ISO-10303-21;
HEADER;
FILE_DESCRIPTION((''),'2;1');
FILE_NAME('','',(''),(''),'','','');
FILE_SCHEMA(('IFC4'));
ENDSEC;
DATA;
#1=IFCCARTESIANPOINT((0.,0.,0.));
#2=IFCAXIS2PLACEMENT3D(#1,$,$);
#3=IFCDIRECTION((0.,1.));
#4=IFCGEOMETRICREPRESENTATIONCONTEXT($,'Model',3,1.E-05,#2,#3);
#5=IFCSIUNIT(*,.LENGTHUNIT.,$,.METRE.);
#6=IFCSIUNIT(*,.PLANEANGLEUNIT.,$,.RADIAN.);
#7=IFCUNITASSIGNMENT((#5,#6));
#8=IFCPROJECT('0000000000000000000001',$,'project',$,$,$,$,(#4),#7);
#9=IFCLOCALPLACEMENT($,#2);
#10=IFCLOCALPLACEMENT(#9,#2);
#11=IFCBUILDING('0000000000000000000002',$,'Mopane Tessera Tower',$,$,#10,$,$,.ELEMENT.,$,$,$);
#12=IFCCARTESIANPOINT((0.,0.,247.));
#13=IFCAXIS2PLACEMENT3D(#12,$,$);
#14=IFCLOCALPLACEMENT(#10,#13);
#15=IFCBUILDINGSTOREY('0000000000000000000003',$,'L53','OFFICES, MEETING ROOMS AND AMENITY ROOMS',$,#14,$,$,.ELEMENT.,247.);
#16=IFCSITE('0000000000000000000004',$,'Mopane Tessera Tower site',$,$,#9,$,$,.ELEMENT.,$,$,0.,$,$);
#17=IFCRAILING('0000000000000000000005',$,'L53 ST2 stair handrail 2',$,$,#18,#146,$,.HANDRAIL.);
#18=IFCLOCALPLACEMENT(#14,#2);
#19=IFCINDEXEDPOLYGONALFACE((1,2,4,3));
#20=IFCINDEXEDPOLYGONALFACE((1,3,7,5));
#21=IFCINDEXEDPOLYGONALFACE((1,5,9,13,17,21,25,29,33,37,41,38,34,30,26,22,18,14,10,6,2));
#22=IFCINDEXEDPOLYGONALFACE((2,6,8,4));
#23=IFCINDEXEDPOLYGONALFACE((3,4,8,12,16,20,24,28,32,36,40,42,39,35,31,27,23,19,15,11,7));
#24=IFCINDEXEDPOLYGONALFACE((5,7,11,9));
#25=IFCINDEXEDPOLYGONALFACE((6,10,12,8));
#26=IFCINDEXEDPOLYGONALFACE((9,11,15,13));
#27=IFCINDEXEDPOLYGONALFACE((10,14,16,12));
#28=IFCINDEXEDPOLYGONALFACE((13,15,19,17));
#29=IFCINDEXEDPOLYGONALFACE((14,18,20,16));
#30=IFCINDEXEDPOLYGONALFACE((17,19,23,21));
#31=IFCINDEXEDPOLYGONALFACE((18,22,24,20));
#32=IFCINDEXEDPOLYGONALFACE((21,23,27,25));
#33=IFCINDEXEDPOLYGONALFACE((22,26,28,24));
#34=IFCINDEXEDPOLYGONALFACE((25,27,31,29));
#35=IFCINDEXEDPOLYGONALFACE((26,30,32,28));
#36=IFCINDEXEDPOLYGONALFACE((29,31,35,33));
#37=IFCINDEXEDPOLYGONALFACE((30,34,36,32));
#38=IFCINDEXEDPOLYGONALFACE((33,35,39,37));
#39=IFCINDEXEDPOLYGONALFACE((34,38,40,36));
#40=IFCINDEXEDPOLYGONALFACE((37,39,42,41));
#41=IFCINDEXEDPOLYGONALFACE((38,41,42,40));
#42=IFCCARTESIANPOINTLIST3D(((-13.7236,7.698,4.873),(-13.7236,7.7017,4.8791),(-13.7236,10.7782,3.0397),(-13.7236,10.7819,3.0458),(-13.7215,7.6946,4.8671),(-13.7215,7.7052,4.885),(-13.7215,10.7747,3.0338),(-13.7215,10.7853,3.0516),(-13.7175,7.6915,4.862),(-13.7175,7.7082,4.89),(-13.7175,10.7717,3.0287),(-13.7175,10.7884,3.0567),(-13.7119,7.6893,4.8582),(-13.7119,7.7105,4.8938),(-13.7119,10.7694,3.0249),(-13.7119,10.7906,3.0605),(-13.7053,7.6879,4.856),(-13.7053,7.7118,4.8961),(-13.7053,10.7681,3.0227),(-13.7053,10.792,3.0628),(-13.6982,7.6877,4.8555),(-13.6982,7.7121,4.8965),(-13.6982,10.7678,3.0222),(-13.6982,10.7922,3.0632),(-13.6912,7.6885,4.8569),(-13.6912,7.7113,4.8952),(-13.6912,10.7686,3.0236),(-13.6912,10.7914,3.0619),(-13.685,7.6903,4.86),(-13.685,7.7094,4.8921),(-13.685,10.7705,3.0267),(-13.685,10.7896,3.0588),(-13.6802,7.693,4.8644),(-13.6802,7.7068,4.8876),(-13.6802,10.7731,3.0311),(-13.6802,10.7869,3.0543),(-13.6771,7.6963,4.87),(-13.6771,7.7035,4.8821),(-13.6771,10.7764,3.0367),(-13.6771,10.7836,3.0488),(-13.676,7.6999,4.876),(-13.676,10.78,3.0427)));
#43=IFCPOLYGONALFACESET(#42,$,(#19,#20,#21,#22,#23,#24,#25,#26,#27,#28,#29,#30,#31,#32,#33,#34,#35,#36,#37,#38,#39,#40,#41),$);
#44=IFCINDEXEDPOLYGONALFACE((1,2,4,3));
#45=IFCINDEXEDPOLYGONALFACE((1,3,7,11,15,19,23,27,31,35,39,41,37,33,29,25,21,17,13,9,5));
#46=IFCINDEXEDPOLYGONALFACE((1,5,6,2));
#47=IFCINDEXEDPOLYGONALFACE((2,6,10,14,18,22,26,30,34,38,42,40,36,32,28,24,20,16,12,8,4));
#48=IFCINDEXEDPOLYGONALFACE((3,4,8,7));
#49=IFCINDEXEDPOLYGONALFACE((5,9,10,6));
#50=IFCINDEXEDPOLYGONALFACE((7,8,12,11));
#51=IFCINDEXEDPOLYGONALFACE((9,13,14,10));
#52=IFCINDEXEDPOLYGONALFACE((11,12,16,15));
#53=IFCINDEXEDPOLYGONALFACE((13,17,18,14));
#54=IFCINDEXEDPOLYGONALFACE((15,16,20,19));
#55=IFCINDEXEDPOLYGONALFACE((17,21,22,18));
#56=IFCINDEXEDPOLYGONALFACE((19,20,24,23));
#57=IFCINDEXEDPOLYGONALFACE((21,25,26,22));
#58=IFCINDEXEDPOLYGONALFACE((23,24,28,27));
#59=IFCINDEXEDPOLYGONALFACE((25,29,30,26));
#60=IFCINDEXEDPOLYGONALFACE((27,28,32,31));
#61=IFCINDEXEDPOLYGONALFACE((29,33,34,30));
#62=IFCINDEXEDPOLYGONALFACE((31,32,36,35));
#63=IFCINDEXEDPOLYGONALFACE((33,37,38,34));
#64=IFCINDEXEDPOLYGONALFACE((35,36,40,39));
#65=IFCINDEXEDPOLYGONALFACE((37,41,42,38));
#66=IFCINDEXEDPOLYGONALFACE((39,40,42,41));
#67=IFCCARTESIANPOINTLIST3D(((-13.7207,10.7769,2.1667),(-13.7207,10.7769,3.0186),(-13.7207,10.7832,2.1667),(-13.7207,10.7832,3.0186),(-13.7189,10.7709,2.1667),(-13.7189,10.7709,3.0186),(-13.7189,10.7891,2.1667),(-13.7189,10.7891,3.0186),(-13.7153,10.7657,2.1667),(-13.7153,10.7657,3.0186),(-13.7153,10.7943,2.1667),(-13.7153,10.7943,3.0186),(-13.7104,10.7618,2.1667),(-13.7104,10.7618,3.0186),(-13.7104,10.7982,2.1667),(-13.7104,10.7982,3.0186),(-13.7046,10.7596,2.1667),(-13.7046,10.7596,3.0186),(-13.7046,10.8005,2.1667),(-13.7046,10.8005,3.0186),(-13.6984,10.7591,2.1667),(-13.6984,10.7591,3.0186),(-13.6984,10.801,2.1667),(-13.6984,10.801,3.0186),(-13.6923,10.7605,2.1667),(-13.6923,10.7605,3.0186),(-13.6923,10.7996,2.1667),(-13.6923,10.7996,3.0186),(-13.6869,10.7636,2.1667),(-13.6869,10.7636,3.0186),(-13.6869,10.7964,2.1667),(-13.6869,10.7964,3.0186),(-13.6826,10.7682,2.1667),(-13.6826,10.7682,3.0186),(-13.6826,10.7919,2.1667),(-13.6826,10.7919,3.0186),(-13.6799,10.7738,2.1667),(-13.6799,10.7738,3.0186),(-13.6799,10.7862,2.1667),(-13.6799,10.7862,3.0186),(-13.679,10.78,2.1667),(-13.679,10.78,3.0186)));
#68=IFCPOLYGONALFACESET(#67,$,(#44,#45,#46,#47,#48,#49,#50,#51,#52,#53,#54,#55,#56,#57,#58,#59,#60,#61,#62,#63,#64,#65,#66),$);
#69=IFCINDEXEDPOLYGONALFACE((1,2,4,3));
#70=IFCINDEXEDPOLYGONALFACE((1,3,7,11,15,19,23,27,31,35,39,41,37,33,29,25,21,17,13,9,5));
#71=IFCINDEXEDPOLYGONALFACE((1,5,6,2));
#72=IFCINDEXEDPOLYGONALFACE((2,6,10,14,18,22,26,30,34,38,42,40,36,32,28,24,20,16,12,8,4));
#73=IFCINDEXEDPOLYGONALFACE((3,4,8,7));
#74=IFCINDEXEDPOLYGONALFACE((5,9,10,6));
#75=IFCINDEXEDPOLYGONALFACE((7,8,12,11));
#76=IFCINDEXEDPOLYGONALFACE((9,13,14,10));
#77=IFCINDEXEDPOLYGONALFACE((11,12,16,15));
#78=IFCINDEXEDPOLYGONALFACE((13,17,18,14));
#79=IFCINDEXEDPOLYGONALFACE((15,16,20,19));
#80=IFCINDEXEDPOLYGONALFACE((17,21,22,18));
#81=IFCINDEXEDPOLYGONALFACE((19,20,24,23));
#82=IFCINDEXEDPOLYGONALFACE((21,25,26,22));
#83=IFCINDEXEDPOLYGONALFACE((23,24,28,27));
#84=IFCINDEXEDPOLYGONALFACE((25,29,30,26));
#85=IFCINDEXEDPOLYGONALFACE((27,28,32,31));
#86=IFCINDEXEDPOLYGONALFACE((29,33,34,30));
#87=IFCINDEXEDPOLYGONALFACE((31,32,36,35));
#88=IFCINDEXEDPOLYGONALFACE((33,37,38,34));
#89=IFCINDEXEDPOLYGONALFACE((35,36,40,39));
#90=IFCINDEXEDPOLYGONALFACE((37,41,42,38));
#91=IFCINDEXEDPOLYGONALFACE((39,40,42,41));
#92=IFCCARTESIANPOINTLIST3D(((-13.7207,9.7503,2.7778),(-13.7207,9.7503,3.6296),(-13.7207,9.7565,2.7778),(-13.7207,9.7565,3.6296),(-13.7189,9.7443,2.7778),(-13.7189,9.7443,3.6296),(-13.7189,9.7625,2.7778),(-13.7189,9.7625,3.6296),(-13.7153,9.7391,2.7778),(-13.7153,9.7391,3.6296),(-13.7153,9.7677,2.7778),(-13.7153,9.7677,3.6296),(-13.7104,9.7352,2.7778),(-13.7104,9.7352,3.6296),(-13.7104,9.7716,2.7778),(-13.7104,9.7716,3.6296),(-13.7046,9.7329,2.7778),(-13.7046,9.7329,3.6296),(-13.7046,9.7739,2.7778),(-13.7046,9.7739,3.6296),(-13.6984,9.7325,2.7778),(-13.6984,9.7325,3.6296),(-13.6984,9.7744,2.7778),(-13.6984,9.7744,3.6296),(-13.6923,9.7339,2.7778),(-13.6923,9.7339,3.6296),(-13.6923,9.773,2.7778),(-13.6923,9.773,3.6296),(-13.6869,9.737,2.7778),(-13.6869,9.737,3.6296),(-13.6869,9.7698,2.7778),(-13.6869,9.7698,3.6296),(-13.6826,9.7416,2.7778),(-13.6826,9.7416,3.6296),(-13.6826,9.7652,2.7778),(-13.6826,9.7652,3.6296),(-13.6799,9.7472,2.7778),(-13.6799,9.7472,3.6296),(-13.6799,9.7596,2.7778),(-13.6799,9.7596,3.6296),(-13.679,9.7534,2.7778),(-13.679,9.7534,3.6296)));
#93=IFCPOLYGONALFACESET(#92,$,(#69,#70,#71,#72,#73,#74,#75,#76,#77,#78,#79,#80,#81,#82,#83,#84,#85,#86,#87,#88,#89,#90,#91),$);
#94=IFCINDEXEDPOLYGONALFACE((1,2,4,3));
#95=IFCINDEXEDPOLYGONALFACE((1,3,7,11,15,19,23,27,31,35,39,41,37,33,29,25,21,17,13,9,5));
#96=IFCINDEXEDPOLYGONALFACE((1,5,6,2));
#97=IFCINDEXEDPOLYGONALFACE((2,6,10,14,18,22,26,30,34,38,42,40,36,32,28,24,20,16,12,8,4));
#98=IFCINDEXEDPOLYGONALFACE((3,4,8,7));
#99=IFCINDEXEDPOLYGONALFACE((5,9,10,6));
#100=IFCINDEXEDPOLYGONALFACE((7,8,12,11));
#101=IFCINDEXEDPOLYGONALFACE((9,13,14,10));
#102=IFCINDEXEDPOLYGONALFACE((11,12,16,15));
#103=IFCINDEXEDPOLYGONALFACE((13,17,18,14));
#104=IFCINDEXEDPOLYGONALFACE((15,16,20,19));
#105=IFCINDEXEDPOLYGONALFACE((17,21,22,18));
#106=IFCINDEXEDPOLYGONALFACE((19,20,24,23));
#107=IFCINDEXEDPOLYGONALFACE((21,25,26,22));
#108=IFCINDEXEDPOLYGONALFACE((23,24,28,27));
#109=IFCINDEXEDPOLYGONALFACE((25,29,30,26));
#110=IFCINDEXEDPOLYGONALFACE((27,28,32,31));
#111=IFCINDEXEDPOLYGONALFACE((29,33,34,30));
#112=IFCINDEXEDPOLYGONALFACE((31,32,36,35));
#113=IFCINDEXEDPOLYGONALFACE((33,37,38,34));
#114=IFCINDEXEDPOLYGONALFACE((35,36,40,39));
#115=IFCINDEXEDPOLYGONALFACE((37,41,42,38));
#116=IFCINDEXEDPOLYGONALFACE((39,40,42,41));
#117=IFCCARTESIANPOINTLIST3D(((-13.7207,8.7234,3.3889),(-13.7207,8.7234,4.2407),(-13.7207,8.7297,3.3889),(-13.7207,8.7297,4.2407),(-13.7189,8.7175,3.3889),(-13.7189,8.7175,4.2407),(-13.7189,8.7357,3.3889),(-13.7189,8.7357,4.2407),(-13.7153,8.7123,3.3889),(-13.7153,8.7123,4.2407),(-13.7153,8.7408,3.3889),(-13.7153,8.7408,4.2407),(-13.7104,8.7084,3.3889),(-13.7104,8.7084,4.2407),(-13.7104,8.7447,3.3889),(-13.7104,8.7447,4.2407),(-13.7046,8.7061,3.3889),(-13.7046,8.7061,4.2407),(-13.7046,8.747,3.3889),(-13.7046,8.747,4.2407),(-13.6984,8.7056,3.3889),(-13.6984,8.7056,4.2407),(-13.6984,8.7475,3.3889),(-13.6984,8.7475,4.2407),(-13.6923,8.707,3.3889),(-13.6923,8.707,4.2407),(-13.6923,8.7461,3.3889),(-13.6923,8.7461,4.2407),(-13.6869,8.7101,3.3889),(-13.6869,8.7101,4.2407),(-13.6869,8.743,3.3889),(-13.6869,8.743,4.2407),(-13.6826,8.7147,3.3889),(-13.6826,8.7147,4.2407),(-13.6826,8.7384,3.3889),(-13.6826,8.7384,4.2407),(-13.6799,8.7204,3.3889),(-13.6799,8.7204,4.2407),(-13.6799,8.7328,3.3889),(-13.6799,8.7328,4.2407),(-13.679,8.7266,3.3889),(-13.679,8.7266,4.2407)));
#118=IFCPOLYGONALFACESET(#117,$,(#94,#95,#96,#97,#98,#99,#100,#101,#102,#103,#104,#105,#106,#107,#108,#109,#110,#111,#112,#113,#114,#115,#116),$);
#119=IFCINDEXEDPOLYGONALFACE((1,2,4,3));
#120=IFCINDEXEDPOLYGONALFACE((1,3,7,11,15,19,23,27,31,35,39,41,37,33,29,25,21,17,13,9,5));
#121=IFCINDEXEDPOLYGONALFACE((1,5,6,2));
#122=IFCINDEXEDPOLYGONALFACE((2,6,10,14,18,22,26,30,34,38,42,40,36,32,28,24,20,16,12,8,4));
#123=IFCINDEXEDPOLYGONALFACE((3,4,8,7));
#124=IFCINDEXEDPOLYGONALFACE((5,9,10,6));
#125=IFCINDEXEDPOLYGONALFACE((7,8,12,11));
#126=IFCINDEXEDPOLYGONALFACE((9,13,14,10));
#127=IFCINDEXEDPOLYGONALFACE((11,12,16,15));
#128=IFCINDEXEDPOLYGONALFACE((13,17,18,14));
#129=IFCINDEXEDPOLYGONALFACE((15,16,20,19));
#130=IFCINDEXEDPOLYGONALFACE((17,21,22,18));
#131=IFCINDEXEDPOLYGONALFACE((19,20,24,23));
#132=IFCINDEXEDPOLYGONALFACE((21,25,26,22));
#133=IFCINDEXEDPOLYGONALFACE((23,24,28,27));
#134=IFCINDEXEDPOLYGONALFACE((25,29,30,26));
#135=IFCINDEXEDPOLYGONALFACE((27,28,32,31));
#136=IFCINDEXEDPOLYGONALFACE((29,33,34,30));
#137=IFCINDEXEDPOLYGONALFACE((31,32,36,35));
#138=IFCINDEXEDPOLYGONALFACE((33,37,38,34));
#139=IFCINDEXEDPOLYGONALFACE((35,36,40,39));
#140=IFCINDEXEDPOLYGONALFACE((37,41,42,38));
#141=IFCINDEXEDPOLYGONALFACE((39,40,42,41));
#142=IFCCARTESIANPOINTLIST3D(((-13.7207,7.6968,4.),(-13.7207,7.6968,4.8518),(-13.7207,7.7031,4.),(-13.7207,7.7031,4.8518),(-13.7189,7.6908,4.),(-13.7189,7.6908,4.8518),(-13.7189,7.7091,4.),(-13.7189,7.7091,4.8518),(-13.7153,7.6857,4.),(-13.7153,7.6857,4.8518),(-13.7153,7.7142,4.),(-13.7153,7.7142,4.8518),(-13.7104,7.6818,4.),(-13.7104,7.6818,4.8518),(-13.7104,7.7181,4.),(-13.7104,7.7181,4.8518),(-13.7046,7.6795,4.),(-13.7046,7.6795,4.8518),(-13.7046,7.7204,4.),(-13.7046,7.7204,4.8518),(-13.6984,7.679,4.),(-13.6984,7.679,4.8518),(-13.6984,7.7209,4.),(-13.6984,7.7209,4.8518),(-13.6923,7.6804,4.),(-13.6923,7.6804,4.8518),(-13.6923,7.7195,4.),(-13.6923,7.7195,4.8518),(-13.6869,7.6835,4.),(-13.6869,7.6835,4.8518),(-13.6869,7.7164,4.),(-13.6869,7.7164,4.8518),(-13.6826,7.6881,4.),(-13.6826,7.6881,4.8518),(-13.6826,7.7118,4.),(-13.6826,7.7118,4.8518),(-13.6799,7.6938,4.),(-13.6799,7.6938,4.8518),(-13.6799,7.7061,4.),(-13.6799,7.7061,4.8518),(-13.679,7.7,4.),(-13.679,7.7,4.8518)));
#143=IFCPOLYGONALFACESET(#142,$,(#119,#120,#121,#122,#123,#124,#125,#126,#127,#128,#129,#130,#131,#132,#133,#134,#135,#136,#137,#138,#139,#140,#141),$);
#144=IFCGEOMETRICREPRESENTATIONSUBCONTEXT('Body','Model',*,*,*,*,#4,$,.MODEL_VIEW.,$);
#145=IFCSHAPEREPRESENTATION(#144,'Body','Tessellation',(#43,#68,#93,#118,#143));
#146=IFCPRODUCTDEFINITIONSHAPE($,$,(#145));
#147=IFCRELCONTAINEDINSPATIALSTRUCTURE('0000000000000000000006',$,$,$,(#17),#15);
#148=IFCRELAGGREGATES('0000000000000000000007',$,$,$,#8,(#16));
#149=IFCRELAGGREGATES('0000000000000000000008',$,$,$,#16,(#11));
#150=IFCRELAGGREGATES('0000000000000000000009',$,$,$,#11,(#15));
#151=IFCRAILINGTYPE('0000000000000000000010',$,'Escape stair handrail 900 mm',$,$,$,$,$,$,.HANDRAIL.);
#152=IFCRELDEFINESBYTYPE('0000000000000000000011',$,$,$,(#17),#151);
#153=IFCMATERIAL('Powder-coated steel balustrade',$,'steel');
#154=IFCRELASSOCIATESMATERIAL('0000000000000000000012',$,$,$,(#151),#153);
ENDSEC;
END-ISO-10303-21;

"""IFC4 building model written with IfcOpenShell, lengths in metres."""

from ifc_helpers import new_model, si_unit, direction, frame, origin, origin_2d, place, context, subcontext, project, spatial, circle, extrude, material, type_object, element, save


model = new_model("IFC4")

# Units and contexts
model_context = context("Model", 3, precision=1e-05, world=origin(), true_north=direction((0.0, 1.0)))
body_context = subcontext(model_context, "Body", "Model", "MODEL_VIEW")
ifc_project = project(units=[si_unit("LENGTHUNIT", "METRE"), si_unit("PLANEANGLEUNIT", "RADIAN")], contexts=[model_context])

# Site, building, storey
site_placement = place(None, origin())
site = spatial("IfcSite", under=ifc_project, at=site_placement, Name="Mopane Tessera Tower site", CompositionType="ELEMENT", RefElevation=0.0)
building_placement = place(site_placement, origin())
building = spatial("IfcBuilding", under=site, at=building_placement, Name="Mopane Tessera Tower", CompositionType="ELEMENT")
storey_placement = place(building_placement, frame((0.0, 0.0, 247.0)))
storey = spatial("IfcBuildingStorey", under=building, at=storey_placement, Name="L53", Description="OFFICES, MEETING ROOMS AND AMENITY ROOMS", CompositionType="ELEMENT", Elevation=247.0)

# Railing
ifc_material_1 = material(Name="Powder-coated steel balustrade", Category="steel")
railing_type_1 = type_object("IfcRailingType", Name="Escape stair handrail 900 mm", PredefinedType="HANDRAIL", material=ifc_material_1)
railing_1_placement = place(storey_placement, frame((-13.7, 10.78, 2.1667)))
element("IfcRailing", 1, at=railing_1_placement, inside=storey, type_object=railing_type_1, Name="L53 ST2 stair handrail 2", PredefinedType="HANDRAIL", context=body_context, shape_type="SweptSolid", body=[
    extrude(circle(Radius=0.0239, at=origin_2d()), frame((0.0, 0.0, 0.876), z_axis=(0.0, -0.859309, 0.511458), x_axis=(1.0, 0.0, 0.0)), (0.0, 0.0, 1.0), 3.5845),
    extrude(circle(Radius=0.021, at=origin_2d()), origin(), (0.0, 0.0, 1.0), 0.8518),
    extrude(circle(Radius=0.021, at=origin_2d()), frame((0.0, -1.0266, 0.6111)), (0.0, 0.0, 1.0), 0.8518),
    extrude(circle(Radius=0.021, at=origin_2d()), frame((0.0, -2.0535, 1.2222)), (0.0, 0.0, 1.0), 0.8518),
    extrude(circle(Radius=0.021, at=origin_2d()), frame((0.0, -3.0801, 1.8333)), (0.0, 0.0, 1.0), 0.8518),
])

save(model, "model.ifc")
